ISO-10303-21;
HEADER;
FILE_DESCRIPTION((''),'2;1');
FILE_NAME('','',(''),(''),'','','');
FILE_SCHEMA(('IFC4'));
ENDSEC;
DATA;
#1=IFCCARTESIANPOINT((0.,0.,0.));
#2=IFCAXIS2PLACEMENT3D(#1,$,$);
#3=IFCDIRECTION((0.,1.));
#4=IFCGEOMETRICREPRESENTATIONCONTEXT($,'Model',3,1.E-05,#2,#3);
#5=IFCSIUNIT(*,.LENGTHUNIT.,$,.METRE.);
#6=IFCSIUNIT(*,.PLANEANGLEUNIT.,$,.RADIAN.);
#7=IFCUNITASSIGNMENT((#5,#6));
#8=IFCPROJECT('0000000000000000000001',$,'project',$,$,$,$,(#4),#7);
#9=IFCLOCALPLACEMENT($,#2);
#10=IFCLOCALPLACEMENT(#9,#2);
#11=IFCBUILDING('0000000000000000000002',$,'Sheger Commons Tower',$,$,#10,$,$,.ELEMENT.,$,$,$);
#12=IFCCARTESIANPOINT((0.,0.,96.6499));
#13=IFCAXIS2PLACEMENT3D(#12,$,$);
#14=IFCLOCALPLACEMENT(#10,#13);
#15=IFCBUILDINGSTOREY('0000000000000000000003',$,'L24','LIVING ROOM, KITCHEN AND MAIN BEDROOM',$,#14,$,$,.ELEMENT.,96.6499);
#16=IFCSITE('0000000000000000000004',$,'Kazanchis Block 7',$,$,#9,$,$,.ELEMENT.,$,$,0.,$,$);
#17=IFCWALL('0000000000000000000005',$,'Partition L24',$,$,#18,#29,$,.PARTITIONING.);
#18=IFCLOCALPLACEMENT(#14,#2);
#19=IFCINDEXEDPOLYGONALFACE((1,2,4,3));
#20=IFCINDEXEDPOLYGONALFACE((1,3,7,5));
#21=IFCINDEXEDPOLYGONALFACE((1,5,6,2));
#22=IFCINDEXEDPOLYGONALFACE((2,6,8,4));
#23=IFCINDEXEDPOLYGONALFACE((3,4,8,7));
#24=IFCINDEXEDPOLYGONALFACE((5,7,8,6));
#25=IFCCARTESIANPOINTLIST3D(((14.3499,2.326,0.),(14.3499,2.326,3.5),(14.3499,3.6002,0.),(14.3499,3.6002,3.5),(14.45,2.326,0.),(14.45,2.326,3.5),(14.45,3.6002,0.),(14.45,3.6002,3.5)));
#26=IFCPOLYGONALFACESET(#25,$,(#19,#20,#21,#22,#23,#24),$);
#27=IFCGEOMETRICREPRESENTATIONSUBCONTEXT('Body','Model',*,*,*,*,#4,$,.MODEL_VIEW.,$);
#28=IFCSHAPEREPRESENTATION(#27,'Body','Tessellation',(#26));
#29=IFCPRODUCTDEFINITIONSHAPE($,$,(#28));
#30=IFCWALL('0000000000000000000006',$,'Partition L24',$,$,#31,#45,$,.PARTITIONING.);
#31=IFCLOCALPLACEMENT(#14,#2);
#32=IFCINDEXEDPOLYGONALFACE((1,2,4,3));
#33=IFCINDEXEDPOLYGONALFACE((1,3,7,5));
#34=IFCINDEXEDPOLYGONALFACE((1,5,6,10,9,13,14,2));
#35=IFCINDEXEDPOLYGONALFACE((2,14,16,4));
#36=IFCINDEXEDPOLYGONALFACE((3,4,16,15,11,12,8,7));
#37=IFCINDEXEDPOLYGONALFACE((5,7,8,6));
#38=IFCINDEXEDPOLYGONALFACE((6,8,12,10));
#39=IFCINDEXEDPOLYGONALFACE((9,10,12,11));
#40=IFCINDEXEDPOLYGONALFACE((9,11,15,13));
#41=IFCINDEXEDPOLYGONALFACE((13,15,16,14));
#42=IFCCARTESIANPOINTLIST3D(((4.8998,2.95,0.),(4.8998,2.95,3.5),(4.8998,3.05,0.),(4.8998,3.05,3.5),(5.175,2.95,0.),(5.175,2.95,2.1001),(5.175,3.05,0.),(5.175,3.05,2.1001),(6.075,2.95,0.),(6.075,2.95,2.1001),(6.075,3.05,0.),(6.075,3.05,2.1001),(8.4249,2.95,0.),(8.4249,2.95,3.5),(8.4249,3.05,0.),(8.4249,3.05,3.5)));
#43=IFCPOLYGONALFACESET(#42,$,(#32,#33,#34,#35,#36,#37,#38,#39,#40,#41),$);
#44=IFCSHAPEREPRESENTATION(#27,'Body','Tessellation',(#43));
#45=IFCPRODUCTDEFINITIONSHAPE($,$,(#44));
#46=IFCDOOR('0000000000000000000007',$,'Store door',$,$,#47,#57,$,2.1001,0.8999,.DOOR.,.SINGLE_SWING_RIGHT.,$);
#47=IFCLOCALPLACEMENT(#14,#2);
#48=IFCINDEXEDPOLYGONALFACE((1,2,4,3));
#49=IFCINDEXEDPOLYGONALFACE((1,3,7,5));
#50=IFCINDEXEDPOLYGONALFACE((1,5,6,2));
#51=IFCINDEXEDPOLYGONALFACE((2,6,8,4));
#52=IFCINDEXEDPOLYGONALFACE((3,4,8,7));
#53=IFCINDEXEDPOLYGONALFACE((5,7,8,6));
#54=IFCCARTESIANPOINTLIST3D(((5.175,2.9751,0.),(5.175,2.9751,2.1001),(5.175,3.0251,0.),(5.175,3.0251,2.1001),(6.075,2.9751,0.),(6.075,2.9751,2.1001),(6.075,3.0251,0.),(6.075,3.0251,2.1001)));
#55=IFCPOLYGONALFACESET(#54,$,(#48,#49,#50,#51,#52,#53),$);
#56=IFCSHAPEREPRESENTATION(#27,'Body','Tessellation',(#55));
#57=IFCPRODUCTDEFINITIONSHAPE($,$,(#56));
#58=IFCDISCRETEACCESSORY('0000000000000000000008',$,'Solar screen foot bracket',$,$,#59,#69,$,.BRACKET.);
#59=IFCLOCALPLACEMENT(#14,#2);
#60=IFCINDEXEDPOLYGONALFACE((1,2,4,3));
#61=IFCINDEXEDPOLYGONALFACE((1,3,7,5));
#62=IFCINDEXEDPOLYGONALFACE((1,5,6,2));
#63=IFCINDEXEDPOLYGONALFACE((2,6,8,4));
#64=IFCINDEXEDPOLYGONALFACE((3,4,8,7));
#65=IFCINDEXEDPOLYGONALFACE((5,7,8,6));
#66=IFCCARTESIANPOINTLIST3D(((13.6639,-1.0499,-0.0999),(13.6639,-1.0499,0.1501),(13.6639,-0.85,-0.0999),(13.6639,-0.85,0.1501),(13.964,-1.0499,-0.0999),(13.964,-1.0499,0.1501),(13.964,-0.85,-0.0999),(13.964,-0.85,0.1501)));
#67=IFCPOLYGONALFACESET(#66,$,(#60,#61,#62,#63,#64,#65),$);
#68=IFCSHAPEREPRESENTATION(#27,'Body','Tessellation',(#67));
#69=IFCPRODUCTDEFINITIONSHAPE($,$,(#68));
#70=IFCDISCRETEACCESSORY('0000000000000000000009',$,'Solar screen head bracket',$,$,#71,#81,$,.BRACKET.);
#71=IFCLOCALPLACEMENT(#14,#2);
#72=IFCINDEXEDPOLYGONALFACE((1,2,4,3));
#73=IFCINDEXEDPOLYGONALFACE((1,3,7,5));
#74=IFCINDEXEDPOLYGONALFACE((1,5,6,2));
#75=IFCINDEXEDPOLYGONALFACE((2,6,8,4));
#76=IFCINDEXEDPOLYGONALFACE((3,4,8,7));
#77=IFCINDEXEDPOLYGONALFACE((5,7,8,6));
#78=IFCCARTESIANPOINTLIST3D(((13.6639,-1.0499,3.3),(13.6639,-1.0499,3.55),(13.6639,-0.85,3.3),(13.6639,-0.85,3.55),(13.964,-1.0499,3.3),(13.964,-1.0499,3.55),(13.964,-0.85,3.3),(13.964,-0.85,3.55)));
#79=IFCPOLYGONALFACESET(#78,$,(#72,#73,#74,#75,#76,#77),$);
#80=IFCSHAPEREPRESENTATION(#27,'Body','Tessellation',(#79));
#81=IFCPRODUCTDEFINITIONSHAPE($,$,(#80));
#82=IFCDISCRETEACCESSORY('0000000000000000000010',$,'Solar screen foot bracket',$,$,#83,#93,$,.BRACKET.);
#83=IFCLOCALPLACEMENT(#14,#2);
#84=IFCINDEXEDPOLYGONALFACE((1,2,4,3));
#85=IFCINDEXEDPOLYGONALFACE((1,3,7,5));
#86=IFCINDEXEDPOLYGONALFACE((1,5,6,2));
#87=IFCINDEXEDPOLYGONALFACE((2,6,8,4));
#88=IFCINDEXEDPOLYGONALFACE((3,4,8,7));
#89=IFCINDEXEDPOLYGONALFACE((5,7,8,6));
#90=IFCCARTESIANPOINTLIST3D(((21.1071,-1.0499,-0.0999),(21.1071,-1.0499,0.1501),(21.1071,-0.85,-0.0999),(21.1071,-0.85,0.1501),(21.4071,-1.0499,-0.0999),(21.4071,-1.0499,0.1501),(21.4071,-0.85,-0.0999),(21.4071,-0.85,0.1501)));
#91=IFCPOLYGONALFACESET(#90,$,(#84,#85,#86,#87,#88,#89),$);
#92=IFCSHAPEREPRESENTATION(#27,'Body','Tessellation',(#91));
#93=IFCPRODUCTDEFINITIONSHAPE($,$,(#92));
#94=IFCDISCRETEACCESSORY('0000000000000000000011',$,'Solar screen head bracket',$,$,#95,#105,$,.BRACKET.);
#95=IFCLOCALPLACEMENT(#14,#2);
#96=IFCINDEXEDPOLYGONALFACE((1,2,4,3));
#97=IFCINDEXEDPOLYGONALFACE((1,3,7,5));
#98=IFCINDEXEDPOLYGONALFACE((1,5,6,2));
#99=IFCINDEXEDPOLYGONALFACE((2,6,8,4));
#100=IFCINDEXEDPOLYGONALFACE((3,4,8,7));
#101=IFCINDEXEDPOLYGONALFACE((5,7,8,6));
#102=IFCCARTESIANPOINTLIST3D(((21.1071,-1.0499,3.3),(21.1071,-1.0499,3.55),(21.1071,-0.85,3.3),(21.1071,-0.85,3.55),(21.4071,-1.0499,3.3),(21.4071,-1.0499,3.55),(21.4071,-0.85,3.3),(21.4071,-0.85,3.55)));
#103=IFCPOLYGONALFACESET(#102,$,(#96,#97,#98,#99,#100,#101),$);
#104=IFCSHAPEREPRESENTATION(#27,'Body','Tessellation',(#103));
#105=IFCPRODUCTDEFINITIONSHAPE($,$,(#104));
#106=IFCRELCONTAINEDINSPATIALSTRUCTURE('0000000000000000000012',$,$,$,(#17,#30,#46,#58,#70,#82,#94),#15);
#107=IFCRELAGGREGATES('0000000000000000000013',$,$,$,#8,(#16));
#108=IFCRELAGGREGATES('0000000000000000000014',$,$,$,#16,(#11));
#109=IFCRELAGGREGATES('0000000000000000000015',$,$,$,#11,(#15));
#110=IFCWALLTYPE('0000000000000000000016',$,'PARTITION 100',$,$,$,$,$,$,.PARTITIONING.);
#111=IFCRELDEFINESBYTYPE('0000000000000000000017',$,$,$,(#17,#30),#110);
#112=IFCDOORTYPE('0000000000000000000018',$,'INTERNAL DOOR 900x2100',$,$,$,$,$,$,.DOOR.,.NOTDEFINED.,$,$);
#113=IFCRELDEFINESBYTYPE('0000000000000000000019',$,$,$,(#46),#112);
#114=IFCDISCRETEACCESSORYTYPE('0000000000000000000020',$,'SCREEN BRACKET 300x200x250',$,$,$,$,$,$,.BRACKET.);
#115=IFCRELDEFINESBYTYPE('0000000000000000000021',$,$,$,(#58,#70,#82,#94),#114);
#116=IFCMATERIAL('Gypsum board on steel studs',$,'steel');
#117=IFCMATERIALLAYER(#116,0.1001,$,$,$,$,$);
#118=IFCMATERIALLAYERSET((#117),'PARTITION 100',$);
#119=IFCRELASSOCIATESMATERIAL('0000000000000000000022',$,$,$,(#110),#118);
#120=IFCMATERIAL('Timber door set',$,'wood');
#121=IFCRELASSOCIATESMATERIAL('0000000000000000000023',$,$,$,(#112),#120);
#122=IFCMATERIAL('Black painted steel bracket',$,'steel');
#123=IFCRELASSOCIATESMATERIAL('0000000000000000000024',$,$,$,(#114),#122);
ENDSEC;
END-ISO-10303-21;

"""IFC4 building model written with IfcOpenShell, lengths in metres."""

from ifc_helpers import new_model, si_unit, direction, frame, frame_2d, origin, origin_2d, place, context, subcontext, project, spatial, rectangle, extrude, material, layer, layer_set, type_object, element, fill, save


model = new_model("IFC4")

# Units and contexts
model_context = context("Model", 3, precision=1e-05, world=origin(), true_north=direction((0.0, 1.0)))
body_context = subcontext(model_context, "Body", "Model", "MODEL_VIEW")
ifc_project = project(units=[si_unit("LENGTHUNIT", "METRE"), si_unit("PLANEANGLEUNIT", "RADIAN")], contexts=[model_context])

# Site, building, storey
site_placement = place(None, origin())
site = spatial("IfcSite", under=ifc_project, at=site_placement, Name="Kazanchis Block 7", CompositionType="ELEMENT", RefElevation=0.0)
building_placement = place(site_placement, origin())
building = spatial("IfcBuilding", under=site, at=building_placement, Name="Sheger Commons Tower", CompositionType="ELEMENT")
storey_placement = place(building_placement, frame((0.0, 0.0, 96.6499)))
storey = spatial("IfcBuildingStorey", under=building, at=storey_placement, Name="L24", Description="LIVING ROOM, KITCHEN AND MAIN BEDROOM", CompositionType="ELEMENT", Elevation=96.6499)

# Wall
ifc_material_1 = material(Name="Gypsum board on steel studs", Category="steel")
ifc_layer_1 = layer(ifc_material_1, 0.1001)
ifc_layer_set_1 = layer_set([ifc_layer_1], Name="PARTITION 100")
wall_type_1 = type_object("IfcWallType", Name="PARTITION 100", PredefinedType="PARTITIONING", material=ifc_layer_set_1)
wall_1_placement = place(storey_placement, frame((14.3999, 2.3259, 0.0), z_axis=(0.0, 0.0, 1.0), x_axis=(0.0, 1.0, 0.0)))
element("IfcWall", 1, at=wall_1_placement, inside=storey, type_object=wall_type_1, Name="Partition L24", PredefinedType="PARTITIONING", context=body_context, shape_type="SweptSolid", body=[
    extrude(rectangle(XDim=1.2742, YDim=0.1001, at=frame_2d((0.6372, 0.0))), origin(), (0.0, 0.0, 1.0), 3.5),
])

# Wall, opening, door
wall_2_placement = place(storey_placement, frame((8.425, 3.0, 0.0), z_axis=(0.0, 0.0, 1.0), x_axis=(-1.0, 0.0, 0.0)))
wall_2 = element("IfcWall", 2, at=wall_2_placement, inside=storey, type_object=wall_type_1, Name="Partition L24", PredefinedType="PARTITIONING", context=body_context, shape_type="SweptSolid", body=[
    extrude(rectangle(XDim=3.5251, YDim=0.1001, at=frame_2d((1.7627, 0.0))), origin(), (0.0, 0.0, 1.0), 3.5),
])
opening_1_placement = place(wall_2_placement, frame((2.3501, 0.0, 0.0)))
opening_1 = element("IfcOpeningElement", 3, at=opening_1_placement, cuts=wall_2, PredefinedType="OPENING", context=body_context, shape_type="SweptSolid", body=[
    extrude(rectangle(XDim=0.8999, YDim=2.1001, at=frame_2d((0.45, 1.05))), frame((0.0, 0.0601, 0.0), z_axis=(0.0, -1.0, 0.0), x_axis=(1.0, 0.0, 0.0)), (0.0, 0.0, 1.0), 0.1201),
])
ifc_material_2 = material(Name="Timber door set", Category="wood")
door_type_1 = type_object("IfcDoorType", Name="INTERNAL DOOR 900x2100", OperationType="NOTDEFINED", PredefinedType="DOOR", material=ifc_material_2)
door_1_placement = place(opening_1_placement, origin())
door_1 = element("IfcDoor", 4, at=door_1_placement, inside=storey, type_object=door_type_1, Name="Store door", OperationType="SINGLE_SWING_RIGHT", OverallHeight=2.1001, OverallWidth=0.8999, PredefinedType="DOOR", context=body_context, shape_type="SweptSolid", body=[
    extrude(rectangle(XDim=0.8999, YDim=2.1001, at=frame_2d((0.45, 1.05))), frame((0.0, 0.0249, 0.0), z_axis=(0.0, -1.0, 0.0), x_axis=(1.0, 0.0, 0.0)), (0.0, 0.0, 1.0), 0.05),
])
fill(opening_1, door_1)

# Discrete accessories
ifc_material_3 = material(Name="Black painted steel bracket", Category="steel")
discrete_accessory_type = type_object("IfcDiscreteAccessoryType", Name="SCREEN BRACKET 300x200x250", PredefinedType="BRACKET", material=ifc_material_3)
for number, where, z_axis, x_axis, name in (
    (5, (13.814, -0.95, -0.0999), (0.0, 0.0, 1.0), (1.0, 0.0, 0.0), "Solar screen foot bracket"),
    (6, (13.814, -0.95, 3.3), (0.0, 0.0, 1.0), (1.0, 0.0, 0.0), "Solar screen head bracket"),
    (7, (21.2571, -0.95, -0.0999), (0.0, 0.0, 1.0), (1.0, 0.0, 0.0), "Solar screen foot bracket"),
    (8, (21.2571, -0.95, 3.3), (0.0, 0.0, 1.0), (1.0, 0.0, 0.0), "Solar screen head bracket"),
):
    element("IfcDiscreteAccessory", number, at=place(storey_placement, frame(where, z_axis=z_axis, x_axis=x_axis)), inside=storey, type_object=discrete_accessory_type, Name=name, PredefinedType="BRACKET", context=body_context, shape_type="SweptSolid", body=[
        extrude(rectangle(XDim=0.3, YDim=0.2, at=origin_2d()), origin(), (0.0, 0.0, 1.0), 0.25),
    ])

save(model, "model.ifc")
